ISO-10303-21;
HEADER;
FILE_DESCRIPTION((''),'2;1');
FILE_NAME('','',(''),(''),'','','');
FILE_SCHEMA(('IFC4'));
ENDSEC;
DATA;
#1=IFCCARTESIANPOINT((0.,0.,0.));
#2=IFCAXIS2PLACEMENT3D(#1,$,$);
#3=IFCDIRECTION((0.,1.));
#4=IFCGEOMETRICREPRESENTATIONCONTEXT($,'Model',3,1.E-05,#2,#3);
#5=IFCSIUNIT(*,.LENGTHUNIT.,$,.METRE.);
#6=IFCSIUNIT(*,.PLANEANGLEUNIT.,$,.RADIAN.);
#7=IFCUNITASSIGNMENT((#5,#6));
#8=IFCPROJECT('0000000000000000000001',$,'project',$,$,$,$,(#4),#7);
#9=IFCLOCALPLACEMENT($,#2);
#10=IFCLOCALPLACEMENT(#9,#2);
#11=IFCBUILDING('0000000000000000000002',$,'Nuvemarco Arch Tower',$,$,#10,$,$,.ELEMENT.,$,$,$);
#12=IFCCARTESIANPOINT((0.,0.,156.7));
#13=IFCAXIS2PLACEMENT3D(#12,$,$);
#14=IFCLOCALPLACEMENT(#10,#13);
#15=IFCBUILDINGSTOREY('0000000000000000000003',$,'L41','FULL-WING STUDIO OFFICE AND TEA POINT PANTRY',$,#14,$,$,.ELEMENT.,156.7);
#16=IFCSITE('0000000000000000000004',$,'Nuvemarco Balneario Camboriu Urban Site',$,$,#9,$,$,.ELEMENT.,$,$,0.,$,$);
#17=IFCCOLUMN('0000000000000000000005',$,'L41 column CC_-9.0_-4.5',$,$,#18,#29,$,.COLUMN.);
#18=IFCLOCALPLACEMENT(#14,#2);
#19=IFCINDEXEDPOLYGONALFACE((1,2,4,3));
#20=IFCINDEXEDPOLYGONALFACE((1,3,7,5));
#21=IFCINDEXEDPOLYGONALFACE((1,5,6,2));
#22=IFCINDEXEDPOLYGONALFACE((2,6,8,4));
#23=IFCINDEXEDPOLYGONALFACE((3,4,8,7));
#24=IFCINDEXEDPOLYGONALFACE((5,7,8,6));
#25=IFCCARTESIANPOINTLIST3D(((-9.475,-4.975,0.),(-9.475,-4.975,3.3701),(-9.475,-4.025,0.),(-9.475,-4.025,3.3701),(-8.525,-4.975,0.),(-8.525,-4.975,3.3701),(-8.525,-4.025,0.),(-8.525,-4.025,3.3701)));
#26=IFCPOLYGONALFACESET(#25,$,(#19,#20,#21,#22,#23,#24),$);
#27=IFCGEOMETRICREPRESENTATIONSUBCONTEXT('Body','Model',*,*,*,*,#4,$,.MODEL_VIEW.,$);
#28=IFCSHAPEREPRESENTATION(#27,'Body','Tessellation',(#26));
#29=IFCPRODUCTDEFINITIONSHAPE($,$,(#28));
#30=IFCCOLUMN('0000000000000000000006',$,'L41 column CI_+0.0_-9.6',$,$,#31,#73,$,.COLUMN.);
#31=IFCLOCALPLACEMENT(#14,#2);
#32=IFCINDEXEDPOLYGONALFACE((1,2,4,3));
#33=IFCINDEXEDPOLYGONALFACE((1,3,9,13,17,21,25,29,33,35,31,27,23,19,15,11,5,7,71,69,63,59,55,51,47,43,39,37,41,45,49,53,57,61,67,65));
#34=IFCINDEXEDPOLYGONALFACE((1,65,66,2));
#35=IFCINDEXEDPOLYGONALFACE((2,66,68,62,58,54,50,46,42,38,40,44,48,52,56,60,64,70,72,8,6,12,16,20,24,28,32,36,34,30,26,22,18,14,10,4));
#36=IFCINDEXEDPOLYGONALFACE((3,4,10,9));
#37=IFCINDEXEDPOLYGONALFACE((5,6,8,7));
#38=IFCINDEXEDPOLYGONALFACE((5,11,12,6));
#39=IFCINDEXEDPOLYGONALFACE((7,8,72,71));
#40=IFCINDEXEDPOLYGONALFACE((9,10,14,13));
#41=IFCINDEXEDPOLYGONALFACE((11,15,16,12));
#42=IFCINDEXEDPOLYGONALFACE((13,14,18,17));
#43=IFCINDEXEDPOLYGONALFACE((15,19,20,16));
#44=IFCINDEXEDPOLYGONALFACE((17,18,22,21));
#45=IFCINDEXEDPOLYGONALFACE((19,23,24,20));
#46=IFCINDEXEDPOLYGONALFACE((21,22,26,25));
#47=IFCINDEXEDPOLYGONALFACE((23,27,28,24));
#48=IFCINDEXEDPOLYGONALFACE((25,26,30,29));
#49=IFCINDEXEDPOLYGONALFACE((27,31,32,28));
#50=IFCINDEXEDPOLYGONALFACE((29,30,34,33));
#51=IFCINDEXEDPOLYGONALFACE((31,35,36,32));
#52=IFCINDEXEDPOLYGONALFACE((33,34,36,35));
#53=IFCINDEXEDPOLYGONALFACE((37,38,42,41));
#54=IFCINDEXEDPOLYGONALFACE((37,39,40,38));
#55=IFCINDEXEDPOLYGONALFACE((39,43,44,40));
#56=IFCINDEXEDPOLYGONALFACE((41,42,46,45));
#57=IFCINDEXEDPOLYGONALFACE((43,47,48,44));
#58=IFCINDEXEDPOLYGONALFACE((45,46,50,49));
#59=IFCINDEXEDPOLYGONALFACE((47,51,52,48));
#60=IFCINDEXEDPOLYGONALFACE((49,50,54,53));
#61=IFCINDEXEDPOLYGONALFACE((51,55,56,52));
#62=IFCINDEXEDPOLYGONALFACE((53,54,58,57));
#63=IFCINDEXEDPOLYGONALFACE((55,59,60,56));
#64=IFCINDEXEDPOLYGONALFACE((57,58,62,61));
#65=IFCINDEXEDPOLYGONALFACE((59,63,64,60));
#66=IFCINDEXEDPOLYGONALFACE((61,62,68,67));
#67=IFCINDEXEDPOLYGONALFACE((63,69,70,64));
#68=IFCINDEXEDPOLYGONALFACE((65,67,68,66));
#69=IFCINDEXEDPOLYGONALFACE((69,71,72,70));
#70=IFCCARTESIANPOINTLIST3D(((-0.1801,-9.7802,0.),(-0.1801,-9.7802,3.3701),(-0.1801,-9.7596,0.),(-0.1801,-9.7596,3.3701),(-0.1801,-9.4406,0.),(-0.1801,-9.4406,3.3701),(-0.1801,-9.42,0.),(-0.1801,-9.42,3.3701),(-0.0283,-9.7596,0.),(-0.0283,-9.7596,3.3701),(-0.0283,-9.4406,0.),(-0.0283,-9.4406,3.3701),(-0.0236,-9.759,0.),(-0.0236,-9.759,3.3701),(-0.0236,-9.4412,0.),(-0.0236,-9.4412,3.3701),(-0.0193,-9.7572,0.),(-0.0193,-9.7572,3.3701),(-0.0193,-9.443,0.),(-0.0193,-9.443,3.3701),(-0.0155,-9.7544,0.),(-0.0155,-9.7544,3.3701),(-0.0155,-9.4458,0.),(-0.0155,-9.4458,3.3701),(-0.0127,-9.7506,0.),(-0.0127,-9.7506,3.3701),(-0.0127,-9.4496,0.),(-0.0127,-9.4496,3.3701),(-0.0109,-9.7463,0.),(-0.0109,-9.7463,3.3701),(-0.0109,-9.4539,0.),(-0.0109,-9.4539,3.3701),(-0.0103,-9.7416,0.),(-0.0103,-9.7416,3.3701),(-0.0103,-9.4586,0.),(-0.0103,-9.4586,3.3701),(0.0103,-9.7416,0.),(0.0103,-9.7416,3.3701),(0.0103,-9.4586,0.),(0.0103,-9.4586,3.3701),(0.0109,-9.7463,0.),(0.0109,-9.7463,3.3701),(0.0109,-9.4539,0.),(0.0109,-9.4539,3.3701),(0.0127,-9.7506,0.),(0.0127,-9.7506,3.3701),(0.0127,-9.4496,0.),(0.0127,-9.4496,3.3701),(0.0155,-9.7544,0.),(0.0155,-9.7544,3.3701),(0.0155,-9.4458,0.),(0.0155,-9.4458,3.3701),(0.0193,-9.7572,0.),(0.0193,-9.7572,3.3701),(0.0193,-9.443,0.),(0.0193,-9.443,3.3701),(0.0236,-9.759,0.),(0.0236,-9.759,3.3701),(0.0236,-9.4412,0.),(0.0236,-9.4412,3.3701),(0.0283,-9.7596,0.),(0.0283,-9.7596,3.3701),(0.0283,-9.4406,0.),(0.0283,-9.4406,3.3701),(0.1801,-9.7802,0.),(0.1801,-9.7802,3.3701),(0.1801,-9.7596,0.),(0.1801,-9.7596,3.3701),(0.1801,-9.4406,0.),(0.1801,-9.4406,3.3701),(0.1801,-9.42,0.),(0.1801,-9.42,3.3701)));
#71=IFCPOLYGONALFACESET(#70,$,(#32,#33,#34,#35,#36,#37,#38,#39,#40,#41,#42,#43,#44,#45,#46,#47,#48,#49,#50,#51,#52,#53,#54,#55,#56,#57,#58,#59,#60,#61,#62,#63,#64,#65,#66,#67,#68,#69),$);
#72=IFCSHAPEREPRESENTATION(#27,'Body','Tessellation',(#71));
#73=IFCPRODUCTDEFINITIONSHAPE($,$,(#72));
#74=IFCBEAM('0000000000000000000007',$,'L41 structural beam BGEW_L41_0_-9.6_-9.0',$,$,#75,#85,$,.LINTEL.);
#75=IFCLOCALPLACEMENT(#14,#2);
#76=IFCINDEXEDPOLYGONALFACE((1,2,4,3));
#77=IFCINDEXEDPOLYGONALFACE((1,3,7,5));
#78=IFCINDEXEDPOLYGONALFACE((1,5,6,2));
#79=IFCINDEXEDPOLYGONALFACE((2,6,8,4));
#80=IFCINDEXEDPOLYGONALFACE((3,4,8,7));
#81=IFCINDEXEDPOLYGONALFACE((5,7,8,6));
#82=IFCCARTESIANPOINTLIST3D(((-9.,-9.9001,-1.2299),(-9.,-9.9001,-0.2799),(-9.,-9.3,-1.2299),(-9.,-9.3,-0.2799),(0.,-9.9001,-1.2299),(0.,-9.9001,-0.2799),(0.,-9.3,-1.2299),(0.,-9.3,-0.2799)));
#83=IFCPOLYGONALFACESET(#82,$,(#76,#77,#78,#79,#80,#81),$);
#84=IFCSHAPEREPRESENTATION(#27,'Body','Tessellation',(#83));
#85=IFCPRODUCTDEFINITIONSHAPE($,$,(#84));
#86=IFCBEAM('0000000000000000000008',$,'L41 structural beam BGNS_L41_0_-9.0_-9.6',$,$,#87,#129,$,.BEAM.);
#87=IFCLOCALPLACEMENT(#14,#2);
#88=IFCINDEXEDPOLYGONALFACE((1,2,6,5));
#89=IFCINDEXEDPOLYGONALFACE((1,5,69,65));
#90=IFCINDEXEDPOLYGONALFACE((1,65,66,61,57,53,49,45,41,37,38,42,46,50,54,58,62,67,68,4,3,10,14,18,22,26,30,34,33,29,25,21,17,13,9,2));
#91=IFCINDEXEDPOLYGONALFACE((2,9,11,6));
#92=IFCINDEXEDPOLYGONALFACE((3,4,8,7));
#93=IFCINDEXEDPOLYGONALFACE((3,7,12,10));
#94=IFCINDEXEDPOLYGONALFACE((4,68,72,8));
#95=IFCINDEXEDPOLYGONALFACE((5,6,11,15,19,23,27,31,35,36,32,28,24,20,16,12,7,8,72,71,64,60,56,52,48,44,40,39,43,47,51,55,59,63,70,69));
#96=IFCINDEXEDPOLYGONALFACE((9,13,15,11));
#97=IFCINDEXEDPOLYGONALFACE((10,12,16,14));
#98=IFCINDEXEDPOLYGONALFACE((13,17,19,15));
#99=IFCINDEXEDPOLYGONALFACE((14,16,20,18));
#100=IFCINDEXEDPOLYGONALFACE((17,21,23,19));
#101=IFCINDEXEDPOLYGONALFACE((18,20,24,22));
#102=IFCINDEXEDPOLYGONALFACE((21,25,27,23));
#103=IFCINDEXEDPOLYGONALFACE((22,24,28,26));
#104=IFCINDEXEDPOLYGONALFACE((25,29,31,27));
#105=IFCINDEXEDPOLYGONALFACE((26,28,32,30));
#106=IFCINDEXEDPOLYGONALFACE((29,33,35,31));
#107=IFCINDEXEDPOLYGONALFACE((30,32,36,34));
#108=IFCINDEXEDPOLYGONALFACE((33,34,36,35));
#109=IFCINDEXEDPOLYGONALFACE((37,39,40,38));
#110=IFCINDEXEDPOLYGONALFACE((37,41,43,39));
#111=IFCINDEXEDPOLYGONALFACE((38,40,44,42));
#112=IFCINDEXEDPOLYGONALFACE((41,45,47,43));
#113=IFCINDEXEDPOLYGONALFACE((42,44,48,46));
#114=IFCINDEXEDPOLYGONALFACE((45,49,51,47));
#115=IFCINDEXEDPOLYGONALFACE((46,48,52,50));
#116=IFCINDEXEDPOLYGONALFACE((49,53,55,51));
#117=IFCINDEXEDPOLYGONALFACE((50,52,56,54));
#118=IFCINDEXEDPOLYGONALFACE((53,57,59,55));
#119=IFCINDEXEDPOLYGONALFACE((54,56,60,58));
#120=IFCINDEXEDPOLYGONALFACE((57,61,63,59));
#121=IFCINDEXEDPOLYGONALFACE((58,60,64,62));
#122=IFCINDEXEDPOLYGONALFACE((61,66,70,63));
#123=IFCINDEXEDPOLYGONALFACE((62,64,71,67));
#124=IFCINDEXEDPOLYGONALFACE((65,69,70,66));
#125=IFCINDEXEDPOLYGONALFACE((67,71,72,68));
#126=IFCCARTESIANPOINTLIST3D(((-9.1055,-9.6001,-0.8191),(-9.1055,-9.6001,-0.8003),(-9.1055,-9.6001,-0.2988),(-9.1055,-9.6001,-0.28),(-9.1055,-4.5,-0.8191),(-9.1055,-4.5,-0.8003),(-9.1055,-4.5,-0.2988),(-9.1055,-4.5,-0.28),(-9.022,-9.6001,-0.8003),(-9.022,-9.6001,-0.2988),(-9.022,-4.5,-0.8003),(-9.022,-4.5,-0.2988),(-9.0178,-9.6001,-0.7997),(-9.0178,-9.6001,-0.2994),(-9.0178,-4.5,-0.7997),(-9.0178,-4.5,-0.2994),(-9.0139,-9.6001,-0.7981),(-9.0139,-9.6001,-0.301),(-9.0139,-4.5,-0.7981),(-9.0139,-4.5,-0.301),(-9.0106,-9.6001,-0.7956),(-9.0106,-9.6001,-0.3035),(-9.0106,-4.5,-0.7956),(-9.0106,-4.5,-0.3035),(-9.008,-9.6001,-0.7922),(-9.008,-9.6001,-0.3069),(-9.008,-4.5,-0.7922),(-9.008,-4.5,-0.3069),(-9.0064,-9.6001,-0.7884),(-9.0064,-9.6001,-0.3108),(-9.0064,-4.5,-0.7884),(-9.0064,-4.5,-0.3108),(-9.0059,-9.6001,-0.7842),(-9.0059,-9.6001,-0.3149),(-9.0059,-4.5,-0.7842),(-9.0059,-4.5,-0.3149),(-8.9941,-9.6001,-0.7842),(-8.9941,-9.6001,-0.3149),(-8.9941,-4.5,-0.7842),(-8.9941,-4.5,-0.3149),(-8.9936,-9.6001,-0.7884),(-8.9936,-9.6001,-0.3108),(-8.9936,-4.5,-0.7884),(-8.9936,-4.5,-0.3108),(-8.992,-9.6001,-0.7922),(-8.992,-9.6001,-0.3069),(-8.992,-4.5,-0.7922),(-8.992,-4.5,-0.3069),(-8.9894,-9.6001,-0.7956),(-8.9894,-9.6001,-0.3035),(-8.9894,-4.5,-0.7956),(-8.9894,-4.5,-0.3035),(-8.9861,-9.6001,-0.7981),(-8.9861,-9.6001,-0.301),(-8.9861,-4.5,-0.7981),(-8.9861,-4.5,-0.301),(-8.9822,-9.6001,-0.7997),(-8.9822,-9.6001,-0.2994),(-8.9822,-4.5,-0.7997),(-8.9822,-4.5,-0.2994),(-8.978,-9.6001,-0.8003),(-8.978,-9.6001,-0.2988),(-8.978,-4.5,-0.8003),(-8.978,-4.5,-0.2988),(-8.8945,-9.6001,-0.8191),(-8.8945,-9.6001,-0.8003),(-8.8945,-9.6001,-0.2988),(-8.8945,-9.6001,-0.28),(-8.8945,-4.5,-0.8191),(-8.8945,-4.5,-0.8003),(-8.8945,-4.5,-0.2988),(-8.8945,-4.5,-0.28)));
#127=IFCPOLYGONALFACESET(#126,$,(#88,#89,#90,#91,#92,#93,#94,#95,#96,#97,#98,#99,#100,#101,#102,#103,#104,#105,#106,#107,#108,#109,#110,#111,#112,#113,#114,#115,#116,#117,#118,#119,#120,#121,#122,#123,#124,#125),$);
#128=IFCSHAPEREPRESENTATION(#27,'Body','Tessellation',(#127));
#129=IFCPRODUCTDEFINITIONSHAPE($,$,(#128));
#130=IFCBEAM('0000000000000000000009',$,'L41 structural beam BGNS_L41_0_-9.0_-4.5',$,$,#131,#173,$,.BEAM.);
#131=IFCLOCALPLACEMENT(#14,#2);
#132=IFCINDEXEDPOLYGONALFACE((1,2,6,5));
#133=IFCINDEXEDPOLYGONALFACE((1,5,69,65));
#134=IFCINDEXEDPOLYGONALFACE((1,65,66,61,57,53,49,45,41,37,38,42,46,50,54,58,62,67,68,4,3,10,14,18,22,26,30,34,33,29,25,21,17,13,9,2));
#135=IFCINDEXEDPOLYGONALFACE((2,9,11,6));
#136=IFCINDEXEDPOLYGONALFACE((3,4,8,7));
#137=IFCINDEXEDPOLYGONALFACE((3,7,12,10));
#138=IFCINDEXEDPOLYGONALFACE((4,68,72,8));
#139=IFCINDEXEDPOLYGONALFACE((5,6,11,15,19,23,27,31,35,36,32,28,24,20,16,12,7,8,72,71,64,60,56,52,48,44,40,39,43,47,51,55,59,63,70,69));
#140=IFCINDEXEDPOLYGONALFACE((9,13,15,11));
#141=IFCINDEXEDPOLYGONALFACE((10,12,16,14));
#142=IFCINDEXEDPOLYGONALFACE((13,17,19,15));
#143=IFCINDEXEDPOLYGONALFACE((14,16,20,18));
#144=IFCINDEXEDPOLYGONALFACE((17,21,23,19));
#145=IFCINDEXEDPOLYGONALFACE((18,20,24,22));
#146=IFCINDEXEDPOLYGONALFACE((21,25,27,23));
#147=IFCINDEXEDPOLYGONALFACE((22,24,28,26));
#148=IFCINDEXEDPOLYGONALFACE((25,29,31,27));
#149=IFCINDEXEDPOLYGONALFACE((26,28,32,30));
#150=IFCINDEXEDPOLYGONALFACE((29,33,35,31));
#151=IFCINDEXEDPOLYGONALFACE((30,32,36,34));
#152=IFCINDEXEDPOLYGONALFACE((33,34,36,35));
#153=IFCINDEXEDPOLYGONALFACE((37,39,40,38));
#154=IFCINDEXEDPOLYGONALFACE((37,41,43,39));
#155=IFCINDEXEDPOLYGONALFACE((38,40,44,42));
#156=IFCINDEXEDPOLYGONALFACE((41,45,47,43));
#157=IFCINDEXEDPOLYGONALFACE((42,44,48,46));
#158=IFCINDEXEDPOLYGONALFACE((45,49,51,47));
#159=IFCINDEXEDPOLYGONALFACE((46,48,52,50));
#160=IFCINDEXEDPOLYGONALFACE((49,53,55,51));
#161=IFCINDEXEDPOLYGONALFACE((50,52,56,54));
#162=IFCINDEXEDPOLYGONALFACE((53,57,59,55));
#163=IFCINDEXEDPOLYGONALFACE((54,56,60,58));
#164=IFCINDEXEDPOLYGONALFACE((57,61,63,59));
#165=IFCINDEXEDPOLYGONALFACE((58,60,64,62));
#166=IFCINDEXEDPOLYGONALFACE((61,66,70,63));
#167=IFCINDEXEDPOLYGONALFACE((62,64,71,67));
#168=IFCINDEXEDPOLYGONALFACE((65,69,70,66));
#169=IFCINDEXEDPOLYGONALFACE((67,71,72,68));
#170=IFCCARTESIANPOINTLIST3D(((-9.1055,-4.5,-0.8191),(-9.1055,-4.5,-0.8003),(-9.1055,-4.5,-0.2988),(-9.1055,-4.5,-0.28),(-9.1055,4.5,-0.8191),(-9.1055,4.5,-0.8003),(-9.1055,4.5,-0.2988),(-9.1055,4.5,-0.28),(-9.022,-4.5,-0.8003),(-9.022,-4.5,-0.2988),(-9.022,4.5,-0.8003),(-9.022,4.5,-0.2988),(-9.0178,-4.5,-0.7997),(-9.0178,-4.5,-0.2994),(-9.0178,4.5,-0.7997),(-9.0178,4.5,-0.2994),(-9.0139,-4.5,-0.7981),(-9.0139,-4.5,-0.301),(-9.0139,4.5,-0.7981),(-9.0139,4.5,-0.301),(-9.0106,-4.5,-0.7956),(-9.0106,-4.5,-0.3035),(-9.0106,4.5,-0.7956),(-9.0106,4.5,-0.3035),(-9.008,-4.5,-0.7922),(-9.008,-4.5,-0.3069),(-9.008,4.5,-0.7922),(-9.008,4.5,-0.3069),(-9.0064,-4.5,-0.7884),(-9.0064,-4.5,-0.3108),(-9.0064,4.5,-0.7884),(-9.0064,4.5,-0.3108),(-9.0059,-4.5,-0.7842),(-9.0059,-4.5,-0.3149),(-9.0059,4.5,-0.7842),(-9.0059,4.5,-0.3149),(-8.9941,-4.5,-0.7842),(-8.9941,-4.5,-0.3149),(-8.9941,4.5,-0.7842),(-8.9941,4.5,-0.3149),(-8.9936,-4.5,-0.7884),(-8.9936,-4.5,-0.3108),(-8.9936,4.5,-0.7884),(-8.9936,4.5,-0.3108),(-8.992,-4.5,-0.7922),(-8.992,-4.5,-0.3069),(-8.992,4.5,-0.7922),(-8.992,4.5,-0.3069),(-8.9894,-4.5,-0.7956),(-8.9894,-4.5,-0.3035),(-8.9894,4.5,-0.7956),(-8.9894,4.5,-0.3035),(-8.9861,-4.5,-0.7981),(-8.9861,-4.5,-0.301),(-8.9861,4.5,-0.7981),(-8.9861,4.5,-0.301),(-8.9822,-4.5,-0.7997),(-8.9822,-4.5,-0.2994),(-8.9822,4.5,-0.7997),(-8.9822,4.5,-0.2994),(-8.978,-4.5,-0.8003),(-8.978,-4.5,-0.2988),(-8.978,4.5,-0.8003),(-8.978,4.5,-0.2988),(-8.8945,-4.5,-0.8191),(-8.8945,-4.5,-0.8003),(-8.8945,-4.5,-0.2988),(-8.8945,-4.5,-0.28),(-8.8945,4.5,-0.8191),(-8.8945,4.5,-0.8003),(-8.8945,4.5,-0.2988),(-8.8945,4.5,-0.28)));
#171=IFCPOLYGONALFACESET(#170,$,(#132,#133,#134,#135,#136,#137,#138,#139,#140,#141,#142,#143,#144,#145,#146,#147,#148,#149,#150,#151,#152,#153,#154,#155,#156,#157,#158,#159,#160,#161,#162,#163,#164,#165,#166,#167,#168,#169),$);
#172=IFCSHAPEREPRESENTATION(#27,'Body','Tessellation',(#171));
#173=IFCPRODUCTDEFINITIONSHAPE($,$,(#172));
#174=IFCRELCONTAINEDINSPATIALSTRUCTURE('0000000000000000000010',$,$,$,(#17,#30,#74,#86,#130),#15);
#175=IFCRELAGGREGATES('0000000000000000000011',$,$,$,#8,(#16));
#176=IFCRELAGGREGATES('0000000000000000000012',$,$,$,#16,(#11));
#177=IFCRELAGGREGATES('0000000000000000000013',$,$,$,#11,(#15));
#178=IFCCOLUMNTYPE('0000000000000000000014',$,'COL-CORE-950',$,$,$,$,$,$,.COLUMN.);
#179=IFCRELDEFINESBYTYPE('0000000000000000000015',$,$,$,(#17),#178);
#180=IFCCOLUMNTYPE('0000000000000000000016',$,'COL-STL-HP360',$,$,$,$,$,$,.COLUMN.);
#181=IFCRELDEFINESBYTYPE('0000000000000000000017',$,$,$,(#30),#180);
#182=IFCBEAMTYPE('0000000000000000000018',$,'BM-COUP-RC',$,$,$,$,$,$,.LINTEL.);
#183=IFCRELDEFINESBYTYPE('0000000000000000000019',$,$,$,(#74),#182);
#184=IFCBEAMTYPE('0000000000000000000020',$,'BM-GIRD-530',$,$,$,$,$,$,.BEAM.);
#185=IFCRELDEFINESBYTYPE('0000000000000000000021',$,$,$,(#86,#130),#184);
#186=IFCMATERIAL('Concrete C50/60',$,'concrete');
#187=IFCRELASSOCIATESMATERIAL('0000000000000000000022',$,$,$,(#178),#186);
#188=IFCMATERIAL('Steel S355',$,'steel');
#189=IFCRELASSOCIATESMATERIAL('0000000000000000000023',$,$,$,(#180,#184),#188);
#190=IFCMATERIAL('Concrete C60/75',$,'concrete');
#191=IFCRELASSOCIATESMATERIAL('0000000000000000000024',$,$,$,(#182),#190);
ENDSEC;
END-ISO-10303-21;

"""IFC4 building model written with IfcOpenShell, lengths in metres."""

from ifc_helpers import new_model, si_unit, direction, frame, origin, origin_2d, place, context, subcontext, project, spatial, rectangle, i_section, extrude, material, material_profile, profile_set, type_object, element, save


model = new_model("IFC4")

# Units and contexts
model_context = context("Model", 3, precision=1e-05, world=origin(), true_north=direction((0.0, 1.0)))
body_context = subcontext(model_context, "Body", "Model", "MODEL_VIEW")
ifc_project = project(units=[si_unit("LENGTHUNIT", "METRE"), si_unit("PLANEANGLEUNIT", "RADIAN")], contexts=[model_context])

# Site, building, storey
site_placement = place(None, origin())
site = spatial("IfcSite", under=ifc_project, at=site_placement, Name="Nuvemarco Balneario Camboriu Urban Site", CompositionType="ELEMENT", RefElevation=0.0)
building_placement = place(site_placement, origin())
building = spatial("IfcBuilding", under=site, at=building_placement, Name="Nuvemarco Arch Tower", CompositionType="ELEMENT")
storey_placement = place(building_placement, frame((0.0, 0.0, 156.7)))
storey = spatial("IfcBuildingStorey", under=building, at=storey_placement, Name="L41", Description="FULL-WING STUDIO OFFICE AND TEA POINT PANTRY", CompositionType="ELEMENT", Elevation=156.7)

# Columns
ifc_material_1 = material(Name="Concrete C50/60", Category="concrete")
ifc_material_profile_1 = material_profile(ifc_material_1, rectangle(XDim=0.95, YDim=0.95, at=origin_2d()), Name="RC-COL-950x950")
ifc_profile_set_1 = profile_set([ifc_material_profile_1], Name="Concrete C50/60")
column_type_1 = type_object("IfcColumnType", Name="COL-CORE-950", PredefinedType="COLUMN", material=ifc_profile_set_1)
column_1_placement = place(storey_placement, frame((-9.0, -4.5, 0.0), z_axis=(0.0, 0.0, 1.0), x_axis=(1.0, 0.0, 0.0)))
element("IfcColumn", 1, at=column_1_placement, inside=storey, type_object=column_type_1, Name="L41 column CC_-9.0_-4.5", PredefinedType="COLUMN", context=body_context, shape_type="SweptSolid", body=[
    extrude(rectangle(XDim=0.95, YDim=0.95, at=origin_2d()), origin(), (0.0, 0.0, 1.0), 3.3701),
])
ifc_material_2 = material(Name="Steel S355", Category="steel")
ifc_material_profile_2 = material_profile(ifc_material_2, i_section(OverallWidth=0.3601, OverallDepth=0.3601, WebThickness=0.0205, FlangeThickness=0.0205, FilletRadius=0.0181, at=origin_2d()), Name="HP360x174")
ifc_profile_set_2 = profile_set([ifc_material_profile_2], Name="Steel S355")
column_type_2 = type_object("IfcColumnType", Name="COL-STL-HP360", PredefinedType="COLUMN", material=ifc_profile_set_2)
column_2_placement = place(storey_placement, frame((0.0, -9.6001, 0.0), z_axis=(0.0, 0.0, 1.0), x_axis=(1.0, 0.0, 0.0)))
element("IfcColumn", 2, at=column_2_placement, inside=storey, type_object=column_type_2, Name="L41 column CI_+0.0_-9.6", PredefinedType="COLUMN", context=body_context, shape_type="SweptSolid", body=[
    extrude(i_section(OverallWidth=0.3601, OverallDepth=0.3601, WebThickness=0.0205, FlangeThickness=0.0205, FilletRadius=0.0181, at=origin_2d()), origin(), (0.0, 0.0, 1.0), 3.3701),
])

# Beams
ifc_material_3 = material(Name="Concrete C60/75", Category="concrete")
ifc_material_profile_3 = material_profile(ifc_material_3, rectangle(XDim=0.6001, YDim=0.95, at=origin_2d()), Name="RC-BM-600x950")
ifc_profile_set_3 = profile_set([ifc_material_profile_3], Name="Concrete C60/75")
beam_type_1 = type_object("IfcBeamType", Name="BM-COUP-RC", PredefinedType="LINTEL", material=ifc_profile_set_3)
beam_1_placement = place(storey_placement, frame((-9.0, -9.6001, -0.7549), z_axis=(1.0, 0.0, 0.0), x_axis=(0.0, 1.0, 0.0)))
element("IfcBeam", 3, at=beam_1_placement, inside=storey, type_object=beam_type_1, Name="L41 structural beam BGEW_L41_0_-9.6_-9.0", PredefinedType="LINTEL", context=body_context, shape_type="SweptSolid", body=[
    extrude(rectangle(XDim=0.6001, YDim=0.95, at=origin_2d()), origin(), (0.0, 0.0, 1.0), 9.0),
])
ifc_material_profile_4 = material_profile(ifc_material_2, i_section(OverallWidth=0.2109, OverallDepth=0.5391, WebThickness=0.0117, FlangeThickness=0.0188, FilletRadius=0.0161, at=origin_2d()), Name="W530x109")
ifc_profile_set_4 = profile_set([ifc_material_profile_4], Name="Steel S355")
beam_type_2 = type_object("IfcBeamType", Name="BM-GIRD-530", PredefinedType="BEAM", material=ifc_profile_set_4)
beam_2_placement = place(storey_placement, frame((-9.0, -9.6001, -0.5496), z_axis=(0.0, 1.0, 0.0), x_axis=(-1.0, 0.0, 0.0)))
element("IfcBeam", 4, at=beam_2_placement, inside=storey, type_object=beam_type_2, Name="L41 structural beam BGNS_L41_0_-9.0_-9.6", PredefinedType="BEAM", context=body_context, shape_type="SweptSolid", body=[
    extrude(i_section(OverallWidth=0.2109, OverallDepth=0.5391, WebThickness=0.0117, FlangeThickness=0.0188, FilletRadius=0.0161, at=origin_2d()), origin(), (0.0, 0.0, 1.0), 5.1001),
])
beam_3_placement = place(storey_placement, frame((-9.0, -4.5, -0.5496), z_axis=(0.0, 1.0, 0.0), x_axis=(-1.0, 0.0, 0.0)))
element("IfcBeam", 5, at=beam_3_placement, inside=storey, type_object=beam_type_2, Name="L41 structural beam BGNS_L41_0_-9.0_-4.5", PredefinedType="BEAM", context=body_context, shape_type="SweptSolid", body=[
    extrude(i_section(OverallWidth=0.2109, OverallDepth=0.5391, WebThickness=0.0117, FlangeThickness=0.0188, FilletRadius=0.0161, at=origin_2d()), origin(), (0.0, 0.0, 1.0), 9.0),
])

save(model, "model.ifc")
